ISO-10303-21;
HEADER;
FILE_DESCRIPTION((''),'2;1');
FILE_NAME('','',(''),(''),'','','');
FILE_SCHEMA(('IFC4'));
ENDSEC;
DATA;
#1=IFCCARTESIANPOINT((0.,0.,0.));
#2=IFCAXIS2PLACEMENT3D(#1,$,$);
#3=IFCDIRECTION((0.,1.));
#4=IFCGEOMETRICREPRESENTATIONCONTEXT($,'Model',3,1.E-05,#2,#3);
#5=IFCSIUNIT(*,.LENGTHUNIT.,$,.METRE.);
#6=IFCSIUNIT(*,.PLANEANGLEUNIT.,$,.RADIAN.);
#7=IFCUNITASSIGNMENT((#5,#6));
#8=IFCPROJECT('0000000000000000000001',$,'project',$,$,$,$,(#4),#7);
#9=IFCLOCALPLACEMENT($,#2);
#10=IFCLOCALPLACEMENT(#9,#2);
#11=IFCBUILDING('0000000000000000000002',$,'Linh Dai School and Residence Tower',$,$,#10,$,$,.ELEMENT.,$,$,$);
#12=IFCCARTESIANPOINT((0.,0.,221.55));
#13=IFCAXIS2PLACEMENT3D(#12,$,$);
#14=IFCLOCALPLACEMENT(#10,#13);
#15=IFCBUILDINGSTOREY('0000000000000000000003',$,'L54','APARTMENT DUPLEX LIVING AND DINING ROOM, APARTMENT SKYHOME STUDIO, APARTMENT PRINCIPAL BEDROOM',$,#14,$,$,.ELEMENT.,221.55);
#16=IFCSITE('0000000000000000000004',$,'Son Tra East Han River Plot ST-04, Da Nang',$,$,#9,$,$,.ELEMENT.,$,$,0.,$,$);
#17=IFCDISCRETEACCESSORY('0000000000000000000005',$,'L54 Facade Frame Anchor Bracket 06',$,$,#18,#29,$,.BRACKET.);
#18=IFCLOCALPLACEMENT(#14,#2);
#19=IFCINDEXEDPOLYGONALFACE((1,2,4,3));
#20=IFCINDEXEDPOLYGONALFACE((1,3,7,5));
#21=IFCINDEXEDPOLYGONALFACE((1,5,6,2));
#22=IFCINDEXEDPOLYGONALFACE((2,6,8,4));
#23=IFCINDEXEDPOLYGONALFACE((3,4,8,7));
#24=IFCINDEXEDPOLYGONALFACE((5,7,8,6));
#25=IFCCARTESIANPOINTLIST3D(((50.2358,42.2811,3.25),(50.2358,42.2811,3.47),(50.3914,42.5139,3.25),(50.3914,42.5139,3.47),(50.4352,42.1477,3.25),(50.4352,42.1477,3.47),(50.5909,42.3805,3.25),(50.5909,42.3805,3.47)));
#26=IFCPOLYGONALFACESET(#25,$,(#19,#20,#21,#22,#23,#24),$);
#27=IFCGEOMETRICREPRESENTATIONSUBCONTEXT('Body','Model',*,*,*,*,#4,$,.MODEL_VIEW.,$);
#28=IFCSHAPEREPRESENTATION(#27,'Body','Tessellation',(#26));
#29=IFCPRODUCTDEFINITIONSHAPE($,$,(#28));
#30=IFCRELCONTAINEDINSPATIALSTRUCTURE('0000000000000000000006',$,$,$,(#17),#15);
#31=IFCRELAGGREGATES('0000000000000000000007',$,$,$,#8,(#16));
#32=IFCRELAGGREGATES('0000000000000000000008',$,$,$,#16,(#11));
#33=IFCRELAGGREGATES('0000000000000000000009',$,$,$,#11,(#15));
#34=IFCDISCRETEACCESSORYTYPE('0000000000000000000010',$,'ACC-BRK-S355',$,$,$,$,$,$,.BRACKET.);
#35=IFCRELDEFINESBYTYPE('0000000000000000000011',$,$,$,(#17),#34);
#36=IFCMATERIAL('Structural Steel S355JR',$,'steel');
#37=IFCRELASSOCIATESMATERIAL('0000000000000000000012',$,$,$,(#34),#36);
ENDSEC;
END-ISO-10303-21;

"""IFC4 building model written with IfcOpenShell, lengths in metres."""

from ifc_helpers import new_model, si_unit, direction, frame, origin, origin_2d, place, context, subcontext, project, spatial, rectangle, extrude, source, transform, mapped, material, type_object, element, save


model = new_model("IFC4")

# Units and contexts
model_context = context("Model", 3, precision=1e-05, world=origin(), true_north=direction((0.0, 1.0)))
body_context = subcontext(model_context, "Body", "Model", "MODEL_VIEW")
ifc_project = project(units=[si_unit("LENGTHUNIT", "METRE"), si_unit("PLANEANGLEUNIT", "RADIAN")], contexts=[model_context])

# Site, building, storey
site_placement = place(None, origin())
site = spatial("IfcSite", under=ifc_project, at=site_placement, Name="Son Tra East Han River Plot ST-04, Da Nang", CompositionType="ELEMENT", RefElevation=0.0)
building_placement = place(site_placement, origin())
building = spatial("IfcBuilding", under=site, at=building_placement, Name="Linh Dai School and Residence Tower", CompositionType="ELEMENT")
storey_placement = place(building_placement, frame((0.0, 0.0, 221.55)))
storey = spatial("IfcBuildingStorey", under=building, at=storey_placement, Name="L54", Description="APARTMENT DUPLEX LIVING AND DINING ROOM, APARTMENT SKYHOME STUDIO, APARTMENT PRINCIPAL BEDROOM", CompositionType="ELEMENT", Elevation=221.55)

# Shared definitions
ifc_material_1 = material(Name="Structural Steel S355JR", Category="steel")

# Discrete accessory
discrete_accessory_type = type_object("IfcDiscreteAccessoryType", Name="ACC-BRK-S355", PredefinedType="BRACKET", material=ifc_material_1)
shared_shape_1 = source(origin(), body_context, "Body", "SweptSolid", [
    extrude(rectangle(XDim=0.28, YDim=0.24, at=origin_2d()), origin(), (0.0, 0.0, 1.0), 0.22),
])
for number, where, z_axis, x_axis, name in (
    (1, (50.4133, 42.3308, 3.25), (0.0, 0.0, 1.0), (0.555887, 0.831258, 0.0), "L54 Facade Frame Anchor Bracket 06"),
):
    element("IfcDiscreteAccessory", number, at=place(storey_placement, frame(where, z_axis=z_axis, x_axis=x_axis)), inside=storey, type_object=discrete_accessory_type, Name=name, PredefinedType="BRACKET", context=body_context, shape_type="MappedRepresentation", body=[
        mapped(shared_shape_1, transform((0.0, 0.0, 0.0), x_axis=(1.0, 0.0, 0.0), y_axis=(0.0, 1.0, 0.0), z_axis=(0.0, 0.0, 1.0), scale=1.0)),
    ])

save(model, "model.ifc")
